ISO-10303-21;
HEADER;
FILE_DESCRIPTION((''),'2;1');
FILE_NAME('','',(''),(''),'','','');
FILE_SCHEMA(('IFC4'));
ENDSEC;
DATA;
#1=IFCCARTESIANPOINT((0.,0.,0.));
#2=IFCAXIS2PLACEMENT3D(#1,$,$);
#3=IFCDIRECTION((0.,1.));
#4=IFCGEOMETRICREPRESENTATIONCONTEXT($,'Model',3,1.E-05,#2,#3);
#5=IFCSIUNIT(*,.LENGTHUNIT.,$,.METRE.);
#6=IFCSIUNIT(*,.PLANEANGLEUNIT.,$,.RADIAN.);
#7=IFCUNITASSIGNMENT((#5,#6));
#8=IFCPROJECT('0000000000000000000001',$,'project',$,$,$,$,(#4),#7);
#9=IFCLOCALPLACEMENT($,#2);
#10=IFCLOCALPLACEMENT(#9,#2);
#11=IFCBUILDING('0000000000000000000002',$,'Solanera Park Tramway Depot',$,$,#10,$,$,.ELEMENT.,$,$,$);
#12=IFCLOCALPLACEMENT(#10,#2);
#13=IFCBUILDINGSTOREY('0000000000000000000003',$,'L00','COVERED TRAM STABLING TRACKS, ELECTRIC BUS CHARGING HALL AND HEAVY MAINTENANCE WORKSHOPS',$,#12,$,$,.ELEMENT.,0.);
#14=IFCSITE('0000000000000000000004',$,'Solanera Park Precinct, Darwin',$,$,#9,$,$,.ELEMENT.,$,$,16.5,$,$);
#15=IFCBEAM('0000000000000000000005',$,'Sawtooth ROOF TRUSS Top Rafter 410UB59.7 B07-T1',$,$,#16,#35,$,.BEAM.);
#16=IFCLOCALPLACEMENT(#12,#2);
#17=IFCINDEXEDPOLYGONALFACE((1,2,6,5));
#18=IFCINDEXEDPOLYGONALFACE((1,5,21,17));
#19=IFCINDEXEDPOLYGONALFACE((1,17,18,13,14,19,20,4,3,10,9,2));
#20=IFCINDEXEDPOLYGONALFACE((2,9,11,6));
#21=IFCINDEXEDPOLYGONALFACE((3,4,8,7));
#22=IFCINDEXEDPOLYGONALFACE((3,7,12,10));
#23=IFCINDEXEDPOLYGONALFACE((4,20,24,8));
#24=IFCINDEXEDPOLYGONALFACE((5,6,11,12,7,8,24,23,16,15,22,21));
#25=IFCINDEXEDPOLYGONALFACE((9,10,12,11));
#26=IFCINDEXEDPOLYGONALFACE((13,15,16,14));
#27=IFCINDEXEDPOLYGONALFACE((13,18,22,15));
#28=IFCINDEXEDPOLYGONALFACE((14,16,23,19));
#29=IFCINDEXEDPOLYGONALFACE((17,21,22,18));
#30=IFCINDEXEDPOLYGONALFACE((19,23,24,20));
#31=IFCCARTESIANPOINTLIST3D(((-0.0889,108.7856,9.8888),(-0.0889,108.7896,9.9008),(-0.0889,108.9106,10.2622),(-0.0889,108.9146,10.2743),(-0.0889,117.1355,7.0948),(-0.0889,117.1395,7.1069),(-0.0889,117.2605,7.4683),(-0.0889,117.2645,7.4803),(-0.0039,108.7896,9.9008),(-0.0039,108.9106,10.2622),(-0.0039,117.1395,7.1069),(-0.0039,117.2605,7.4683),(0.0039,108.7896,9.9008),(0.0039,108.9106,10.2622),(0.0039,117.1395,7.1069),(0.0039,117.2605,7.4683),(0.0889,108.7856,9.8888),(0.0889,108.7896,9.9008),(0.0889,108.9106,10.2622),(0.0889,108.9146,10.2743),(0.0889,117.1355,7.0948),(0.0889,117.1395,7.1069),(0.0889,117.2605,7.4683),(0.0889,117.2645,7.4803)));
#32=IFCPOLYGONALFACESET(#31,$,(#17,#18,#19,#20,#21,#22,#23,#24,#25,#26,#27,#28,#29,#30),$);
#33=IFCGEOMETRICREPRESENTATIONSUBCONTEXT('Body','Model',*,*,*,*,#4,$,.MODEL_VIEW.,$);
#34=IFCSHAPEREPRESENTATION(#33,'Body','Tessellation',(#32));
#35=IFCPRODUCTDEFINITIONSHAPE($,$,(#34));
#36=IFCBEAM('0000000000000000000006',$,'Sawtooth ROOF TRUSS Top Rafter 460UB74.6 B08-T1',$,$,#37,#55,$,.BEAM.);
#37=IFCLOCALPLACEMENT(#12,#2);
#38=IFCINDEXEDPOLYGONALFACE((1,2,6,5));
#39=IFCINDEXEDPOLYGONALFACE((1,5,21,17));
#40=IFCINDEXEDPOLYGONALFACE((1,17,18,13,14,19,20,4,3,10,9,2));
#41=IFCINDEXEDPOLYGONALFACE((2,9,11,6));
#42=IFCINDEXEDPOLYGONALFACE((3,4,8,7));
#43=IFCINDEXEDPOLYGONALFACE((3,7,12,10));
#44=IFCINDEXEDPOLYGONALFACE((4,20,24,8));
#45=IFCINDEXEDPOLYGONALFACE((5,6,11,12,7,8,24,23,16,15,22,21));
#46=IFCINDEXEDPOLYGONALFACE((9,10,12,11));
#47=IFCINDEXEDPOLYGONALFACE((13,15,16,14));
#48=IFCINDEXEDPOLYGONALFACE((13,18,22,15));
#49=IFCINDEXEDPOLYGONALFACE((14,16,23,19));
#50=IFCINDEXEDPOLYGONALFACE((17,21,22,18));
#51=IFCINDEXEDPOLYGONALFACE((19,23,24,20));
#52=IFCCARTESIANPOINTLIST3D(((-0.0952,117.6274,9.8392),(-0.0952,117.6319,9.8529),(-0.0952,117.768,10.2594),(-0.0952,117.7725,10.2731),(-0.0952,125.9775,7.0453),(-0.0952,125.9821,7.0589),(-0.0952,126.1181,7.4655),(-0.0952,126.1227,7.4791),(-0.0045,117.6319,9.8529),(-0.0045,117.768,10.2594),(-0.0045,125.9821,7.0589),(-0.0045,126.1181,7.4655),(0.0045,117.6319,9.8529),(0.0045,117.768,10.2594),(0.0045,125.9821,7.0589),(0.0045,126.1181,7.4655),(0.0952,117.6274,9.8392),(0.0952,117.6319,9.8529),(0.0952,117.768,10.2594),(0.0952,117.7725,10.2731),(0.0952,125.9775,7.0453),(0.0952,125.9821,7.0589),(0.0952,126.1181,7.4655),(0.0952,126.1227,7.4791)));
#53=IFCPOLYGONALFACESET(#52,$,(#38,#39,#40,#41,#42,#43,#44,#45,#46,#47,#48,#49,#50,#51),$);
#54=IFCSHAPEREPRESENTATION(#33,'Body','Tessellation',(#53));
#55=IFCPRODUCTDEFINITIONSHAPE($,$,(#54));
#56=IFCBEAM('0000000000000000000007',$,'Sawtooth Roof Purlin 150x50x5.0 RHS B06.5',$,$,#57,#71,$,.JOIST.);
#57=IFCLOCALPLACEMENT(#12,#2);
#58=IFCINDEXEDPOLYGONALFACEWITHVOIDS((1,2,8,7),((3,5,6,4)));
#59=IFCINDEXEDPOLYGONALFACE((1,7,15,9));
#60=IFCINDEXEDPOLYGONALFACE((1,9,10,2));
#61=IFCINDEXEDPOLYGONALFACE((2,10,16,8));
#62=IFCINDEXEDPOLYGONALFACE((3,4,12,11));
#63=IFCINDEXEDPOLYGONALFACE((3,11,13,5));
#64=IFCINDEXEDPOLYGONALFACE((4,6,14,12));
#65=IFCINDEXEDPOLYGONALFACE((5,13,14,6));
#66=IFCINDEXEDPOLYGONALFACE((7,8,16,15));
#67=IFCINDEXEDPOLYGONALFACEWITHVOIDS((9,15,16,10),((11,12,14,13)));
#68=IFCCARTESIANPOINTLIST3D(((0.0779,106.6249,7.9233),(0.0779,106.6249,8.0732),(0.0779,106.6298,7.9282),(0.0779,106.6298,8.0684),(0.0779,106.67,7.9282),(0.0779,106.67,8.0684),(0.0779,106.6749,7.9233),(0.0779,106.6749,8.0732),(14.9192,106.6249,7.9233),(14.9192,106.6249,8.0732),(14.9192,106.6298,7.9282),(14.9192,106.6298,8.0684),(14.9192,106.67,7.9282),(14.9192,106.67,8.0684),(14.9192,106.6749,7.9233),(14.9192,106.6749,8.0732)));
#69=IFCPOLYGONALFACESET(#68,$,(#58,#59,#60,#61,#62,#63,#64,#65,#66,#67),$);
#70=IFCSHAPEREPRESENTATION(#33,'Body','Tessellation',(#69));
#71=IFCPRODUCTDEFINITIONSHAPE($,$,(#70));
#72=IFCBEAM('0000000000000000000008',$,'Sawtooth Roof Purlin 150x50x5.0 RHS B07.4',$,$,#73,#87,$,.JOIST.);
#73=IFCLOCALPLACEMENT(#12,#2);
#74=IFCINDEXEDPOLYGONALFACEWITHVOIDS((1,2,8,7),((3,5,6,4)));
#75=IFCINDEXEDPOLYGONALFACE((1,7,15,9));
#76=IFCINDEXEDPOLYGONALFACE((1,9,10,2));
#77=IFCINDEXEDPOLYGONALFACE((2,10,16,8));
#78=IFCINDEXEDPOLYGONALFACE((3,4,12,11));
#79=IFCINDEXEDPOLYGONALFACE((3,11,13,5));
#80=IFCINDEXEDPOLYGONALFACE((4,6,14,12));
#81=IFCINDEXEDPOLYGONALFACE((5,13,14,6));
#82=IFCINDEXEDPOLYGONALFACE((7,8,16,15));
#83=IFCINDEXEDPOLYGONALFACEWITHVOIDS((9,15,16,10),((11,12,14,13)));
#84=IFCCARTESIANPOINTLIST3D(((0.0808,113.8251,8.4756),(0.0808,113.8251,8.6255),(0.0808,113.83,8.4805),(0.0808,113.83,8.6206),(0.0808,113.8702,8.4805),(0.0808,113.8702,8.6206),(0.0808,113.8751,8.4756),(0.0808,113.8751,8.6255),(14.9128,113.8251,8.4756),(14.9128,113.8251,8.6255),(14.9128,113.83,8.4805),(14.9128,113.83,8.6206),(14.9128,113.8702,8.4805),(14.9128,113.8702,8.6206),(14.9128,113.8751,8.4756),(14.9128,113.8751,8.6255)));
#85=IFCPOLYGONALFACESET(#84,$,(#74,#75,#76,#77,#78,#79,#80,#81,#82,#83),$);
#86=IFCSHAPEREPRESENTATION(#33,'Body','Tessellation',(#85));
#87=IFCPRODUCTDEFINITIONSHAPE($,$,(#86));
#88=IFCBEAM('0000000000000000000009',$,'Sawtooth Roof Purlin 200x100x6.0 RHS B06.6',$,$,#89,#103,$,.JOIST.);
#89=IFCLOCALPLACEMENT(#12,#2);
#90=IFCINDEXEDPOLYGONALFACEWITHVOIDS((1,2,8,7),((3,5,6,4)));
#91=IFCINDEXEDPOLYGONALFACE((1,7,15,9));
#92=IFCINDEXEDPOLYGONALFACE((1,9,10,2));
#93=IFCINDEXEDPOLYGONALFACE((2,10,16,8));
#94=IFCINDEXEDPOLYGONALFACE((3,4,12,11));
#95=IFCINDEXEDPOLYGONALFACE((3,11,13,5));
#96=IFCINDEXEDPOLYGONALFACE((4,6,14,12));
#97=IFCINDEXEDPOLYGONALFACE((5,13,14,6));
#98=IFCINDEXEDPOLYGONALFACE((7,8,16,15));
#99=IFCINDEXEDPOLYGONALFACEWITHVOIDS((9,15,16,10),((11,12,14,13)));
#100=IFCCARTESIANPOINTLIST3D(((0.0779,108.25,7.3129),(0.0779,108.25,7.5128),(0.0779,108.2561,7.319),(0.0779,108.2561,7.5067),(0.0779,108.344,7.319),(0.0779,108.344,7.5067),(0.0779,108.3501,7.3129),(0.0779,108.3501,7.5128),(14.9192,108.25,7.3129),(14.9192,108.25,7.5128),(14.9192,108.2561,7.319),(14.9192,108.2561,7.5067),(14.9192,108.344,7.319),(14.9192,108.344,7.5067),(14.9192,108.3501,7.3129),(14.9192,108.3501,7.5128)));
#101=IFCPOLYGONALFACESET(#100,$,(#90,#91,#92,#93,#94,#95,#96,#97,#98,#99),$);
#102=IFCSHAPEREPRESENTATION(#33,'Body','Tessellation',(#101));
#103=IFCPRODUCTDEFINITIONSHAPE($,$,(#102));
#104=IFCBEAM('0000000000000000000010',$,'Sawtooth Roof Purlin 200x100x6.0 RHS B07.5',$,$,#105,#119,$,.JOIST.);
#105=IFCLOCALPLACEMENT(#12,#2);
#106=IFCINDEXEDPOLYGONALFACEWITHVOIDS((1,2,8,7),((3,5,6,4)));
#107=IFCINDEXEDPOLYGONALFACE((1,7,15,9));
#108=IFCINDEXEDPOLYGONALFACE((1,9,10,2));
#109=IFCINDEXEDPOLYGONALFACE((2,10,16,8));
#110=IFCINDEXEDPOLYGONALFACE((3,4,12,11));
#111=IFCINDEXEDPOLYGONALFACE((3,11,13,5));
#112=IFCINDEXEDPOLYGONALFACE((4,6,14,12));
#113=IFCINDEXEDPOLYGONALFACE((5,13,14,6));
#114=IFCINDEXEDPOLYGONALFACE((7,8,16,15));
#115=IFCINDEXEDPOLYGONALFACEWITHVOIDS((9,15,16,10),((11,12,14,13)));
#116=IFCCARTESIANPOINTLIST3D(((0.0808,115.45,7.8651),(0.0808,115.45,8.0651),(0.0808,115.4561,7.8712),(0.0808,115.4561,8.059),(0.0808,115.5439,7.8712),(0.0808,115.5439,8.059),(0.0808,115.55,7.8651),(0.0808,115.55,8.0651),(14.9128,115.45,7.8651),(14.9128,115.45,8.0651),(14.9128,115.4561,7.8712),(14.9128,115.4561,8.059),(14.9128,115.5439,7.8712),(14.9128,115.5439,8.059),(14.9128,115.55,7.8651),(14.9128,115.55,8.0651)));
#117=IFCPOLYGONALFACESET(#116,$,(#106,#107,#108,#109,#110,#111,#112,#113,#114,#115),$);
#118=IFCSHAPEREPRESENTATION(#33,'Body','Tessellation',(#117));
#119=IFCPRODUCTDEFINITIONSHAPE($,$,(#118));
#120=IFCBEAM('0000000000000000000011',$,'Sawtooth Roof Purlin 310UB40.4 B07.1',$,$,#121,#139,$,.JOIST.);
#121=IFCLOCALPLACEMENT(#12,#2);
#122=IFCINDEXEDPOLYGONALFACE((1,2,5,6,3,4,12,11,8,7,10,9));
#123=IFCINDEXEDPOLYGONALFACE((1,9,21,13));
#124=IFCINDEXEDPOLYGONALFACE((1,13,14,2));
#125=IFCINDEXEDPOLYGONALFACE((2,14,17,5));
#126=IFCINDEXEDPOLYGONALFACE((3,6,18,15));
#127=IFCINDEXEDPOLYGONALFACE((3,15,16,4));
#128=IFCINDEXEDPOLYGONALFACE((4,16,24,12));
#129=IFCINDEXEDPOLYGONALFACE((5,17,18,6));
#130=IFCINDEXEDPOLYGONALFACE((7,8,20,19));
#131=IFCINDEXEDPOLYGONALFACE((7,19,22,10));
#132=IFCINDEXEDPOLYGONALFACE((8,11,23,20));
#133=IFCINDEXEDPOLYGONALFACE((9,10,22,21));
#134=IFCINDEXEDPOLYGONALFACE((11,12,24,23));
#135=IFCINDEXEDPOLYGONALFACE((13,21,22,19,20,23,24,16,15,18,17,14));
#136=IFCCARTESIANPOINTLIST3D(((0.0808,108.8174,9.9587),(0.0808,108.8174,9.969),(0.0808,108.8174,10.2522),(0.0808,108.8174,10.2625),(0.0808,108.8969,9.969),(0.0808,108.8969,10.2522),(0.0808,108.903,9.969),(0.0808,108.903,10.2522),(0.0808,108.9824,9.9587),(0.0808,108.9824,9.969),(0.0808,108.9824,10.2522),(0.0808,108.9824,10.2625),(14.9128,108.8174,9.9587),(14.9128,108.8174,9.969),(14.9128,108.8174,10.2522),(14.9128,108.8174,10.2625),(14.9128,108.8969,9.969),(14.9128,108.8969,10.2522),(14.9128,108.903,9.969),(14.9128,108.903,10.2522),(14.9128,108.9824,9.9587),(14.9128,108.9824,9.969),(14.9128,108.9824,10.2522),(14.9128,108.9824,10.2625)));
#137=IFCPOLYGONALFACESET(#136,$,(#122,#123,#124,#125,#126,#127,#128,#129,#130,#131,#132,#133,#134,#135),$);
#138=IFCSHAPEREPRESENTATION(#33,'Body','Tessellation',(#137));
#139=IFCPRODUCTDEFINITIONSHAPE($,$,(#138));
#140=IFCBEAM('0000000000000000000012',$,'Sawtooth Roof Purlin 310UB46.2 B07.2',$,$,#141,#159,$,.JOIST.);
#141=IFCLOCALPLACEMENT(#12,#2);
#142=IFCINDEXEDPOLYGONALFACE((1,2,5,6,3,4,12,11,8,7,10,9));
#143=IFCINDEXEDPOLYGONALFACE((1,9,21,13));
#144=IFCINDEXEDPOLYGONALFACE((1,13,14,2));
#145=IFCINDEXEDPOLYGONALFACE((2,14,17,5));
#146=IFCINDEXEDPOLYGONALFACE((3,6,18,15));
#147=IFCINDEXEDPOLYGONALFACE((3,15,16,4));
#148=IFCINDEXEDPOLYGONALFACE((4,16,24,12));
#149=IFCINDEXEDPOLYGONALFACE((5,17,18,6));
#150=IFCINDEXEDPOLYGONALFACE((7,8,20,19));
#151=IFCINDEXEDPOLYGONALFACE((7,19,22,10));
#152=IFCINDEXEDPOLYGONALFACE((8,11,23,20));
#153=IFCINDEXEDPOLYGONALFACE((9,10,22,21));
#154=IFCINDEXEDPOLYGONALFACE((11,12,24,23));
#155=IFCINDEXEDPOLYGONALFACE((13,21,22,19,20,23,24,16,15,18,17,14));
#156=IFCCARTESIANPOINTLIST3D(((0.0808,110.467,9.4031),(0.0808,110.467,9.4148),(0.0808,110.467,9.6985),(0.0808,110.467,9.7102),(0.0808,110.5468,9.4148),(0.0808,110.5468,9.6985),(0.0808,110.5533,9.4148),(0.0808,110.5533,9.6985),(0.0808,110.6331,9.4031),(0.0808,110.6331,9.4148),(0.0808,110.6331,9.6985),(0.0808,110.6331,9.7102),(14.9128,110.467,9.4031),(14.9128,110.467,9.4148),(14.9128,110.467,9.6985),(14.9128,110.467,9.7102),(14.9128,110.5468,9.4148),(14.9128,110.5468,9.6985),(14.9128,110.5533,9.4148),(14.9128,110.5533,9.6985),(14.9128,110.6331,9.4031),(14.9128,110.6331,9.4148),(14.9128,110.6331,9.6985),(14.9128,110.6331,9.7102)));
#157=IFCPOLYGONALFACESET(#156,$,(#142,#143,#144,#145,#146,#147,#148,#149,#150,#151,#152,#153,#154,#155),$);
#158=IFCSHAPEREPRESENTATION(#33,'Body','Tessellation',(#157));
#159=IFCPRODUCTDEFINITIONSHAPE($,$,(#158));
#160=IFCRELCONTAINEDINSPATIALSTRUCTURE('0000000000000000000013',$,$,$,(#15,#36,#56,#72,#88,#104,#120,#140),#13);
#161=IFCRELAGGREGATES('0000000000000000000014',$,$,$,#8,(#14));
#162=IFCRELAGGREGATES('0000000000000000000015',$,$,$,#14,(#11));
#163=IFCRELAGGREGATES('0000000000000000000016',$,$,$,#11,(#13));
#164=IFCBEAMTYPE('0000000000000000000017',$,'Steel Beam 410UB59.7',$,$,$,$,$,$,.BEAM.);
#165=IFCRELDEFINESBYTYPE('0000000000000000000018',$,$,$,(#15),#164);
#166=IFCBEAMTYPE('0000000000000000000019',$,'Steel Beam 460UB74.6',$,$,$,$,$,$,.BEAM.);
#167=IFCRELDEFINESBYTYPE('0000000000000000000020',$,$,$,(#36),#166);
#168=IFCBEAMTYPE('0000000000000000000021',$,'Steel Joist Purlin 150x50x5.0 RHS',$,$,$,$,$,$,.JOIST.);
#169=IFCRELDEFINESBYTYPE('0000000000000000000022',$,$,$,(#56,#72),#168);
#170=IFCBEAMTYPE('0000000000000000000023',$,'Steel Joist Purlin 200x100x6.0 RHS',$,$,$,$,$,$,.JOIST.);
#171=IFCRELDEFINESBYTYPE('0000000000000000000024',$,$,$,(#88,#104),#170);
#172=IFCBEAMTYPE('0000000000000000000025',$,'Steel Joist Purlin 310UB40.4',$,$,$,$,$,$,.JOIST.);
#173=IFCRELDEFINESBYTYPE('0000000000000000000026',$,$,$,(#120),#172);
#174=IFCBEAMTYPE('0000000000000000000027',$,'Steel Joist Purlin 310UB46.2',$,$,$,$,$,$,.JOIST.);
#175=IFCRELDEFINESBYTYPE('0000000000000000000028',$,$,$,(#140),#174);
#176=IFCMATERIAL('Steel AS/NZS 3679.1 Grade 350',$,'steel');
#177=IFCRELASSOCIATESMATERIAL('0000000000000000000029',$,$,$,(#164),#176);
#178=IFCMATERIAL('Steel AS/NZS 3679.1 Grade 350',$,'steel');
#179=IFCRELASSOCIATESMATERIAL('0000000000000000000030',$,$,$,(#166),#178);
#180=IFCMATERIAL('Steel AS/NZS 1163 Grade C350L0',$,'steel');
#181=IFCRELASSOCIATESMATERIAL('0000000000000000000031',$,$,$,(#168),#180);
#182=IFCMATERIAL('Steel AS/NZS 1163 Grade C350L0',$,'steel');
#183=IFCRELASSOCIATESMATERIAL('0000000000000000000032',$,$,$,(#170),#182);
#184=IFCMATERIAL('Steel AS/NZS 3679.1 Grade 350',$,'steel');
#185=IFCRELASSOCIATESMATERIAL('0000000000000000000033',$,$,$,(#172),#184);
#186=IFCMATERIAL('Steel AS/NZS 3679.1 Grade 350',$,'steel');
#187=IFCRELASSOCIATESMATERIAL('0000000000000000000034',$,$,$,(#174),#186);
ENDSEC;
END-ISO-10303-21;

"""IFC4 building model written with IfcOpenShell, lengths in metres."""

from ifc_helpers import new_model, si_unit, direction, frame, origin, origin_2d, place, context, subcontext, project, spatial, hollow_rectangle, i_section, extrude, material, material_profile, profile_set, type_object, element, save


model = new_model("IFC4")

# Units and contexts
model_context = context("Model", 3, precision=1e-05, world=origin(), true_north=direction((0.0, 1.0)))
body_context = subcontext(model_context, "Body", "Model", "MODEL_VIEW")
ifc_project = project(units=[si_unit("LENGTHUNIT", "METRE"), si_unit("PLANEANGLEUNIT", "RADIAN")], contexts=[model_context])

# Site, building, storey
site_placement = place(None, origin())
site = spatial("IfcSite", under=ifc_project, at=site_placement, Name="Solanera Park Precinct, Darwin", CompositionType="ELEMENT", RefElevation=16.5)
building_placement = place(site_placement, origin())
building = spatial("IfcBuilding", under=site, at=building_placement, Name="Solanera Park Tramway Depot", CompositionType="ELEMENT")
storey_placement = place(building_placement, origin())
storey = spatial("IfcBuildingStorey", under=building, at=storey_placement, Name="L00", Description="COVERED TRAM STABLING TRACKS, ELECTRIC BUS CHARGING HALL AND HEAVY MAINTENANCE WORKSHOPS", CompositionType="ELEMENT", Elevation=0.0)

# Beams
ifc_material_1 = material(Name="Steel AS/NZS 3679.1 Grade 350", Category="steel")
ifc_material_profile_1 = material_profile(ifc_material_1, i_section(OverallWidth=0.1777, OverallDepth=0.4065, WebThickness=0.0078, FlangeThickness=0.0127, at=origin_2d()), Name="410UB59.7")
ifc_profile_set_1 = profile_set([ifc_material_profile_1], Name="Steel AS/NZS 3679.1 Grade 350")
beam_type_1 = type_object("IfcBeamType", Name="Steel Beam 410UB59.7", PredefinedType="BEAM", material=ifc_profile_set_1)
beam_1_placement = place(storey_placement, frame((0.0, 108.8501, 10.0815), z_axis=(0.0, 0.948319, -0.317317), x_axis=(-1.0, 0.0, 0.0)))
element("IfcBeam", 1, at=beam_1_placement, inside=storey, type_object=beam_type_1, Name="Sawtooth ROOF TRUSS Top Rafter 410UB59.7 B07-T1", PredefinedType="BEAM", context=body_context, shape_type="SweptSolid", body=[
    extrude(i_section(OverallWidth=0.1777, OverallDepth=0.4065, WebThickness=0.0078, FlangeThickness=0.0127, at=origin_2d()), origin(), (0.0, 0.0, 1.0), 8.8049),
])
ifc_material_2 = material(Name="Steel AS/NZS 3679.1 Grade 350", Category="steel")
ifc_material_profile_2 = material_profile(ifc_material_2, i_section(OverallWidth=0.1904, OverallDepth=0.4575, WebThickness=0.009, FlangeThickness=0.0144, at=origin_2d()), Name="460UB74.6")
ifc_profile_set_2 = profile_set([ifc_material_profile_2], Name="Steel AS/NZS 3679.1 Grade 350")
beam_type_2 = type_object("IfcBeamType", Name="Steel Beam 460UB74.6", PredefinedType="BEAM", material=ifc_profile_set_2)
beam_2_placement = place(storey_placement, frame((0.0, 117.7, 10.0562), z_axis=(0.0, 0.948322, -0.317309), x_axis=(-1.0, 0.0, 0.0)))
element("IfcBeam", 2, at=beam_2_placement, inside=storey, type_object=beam_type_2, Name="Sawtooth ROOF TRUSS Top Rafter 460UB74.6 B08-T1", PredefinedType="BEAM", context=body_context, shape_type="SweptSolid", body=[
    extrude(i_section(OverallWidth=0.1904, OverallDepth=0.4575, WebThickness=0.009, FlangeThickness=0.0144, at=origin_2d()), origin(), (0.0, 0.0, 1.0), 8.8052),
])
ifc_material_3 = material(Name="Steel AS/NZS 1163 Grade C350L0", Category="steel")
ifc_material_profile_3 = material_profile(ifc_material_3, hollow_rectangle(XDim=0.05, YDim=0.1499, WallThickness=0.0049, at=origin_2d()), Name="150x50x5.0 RHS")
ifc_profile_set_3 = profile_set([ifc_material_profile_3], Name="Steel AS/NZS 1163 Grade C350L0")
beam_type_3 = type_object("IfcBeamType", Name="Steel Joist Purlin 150x50x5.0 RHS", PredefinedType="JOIST", material=ifc_profile_set_3)
beam_3_placement = place(storey_placement, frame((0.0779, 106.6499, 7.9983), z_axis=(1.0, 0.0, 0.0), x_axis=(0.0, 1.0, 0.0)))
element("IfcBeam", 3, at=beam_3_placement, inside=storey, type_object=beam_type_3, Name="Sawtooth Roof Purlin 150x50x5.0 RHS B06.5", PredefinedType="JOIST", context=body_context, shape_type="SweptSolid", body=[
    extrude(hollow_rectangle(XDim=0.05, YDim=0.1499, WallThickness=0.0049, at=origin_2d()), origin(), (0.0, 0.0, 1.0), 14.8413),
])
beam_4_placement = place(storey_placement, frame((0.0808, 113.8501, 8.5505), z_axis=(1.0, 0.0, 0.0), x_axis=(0.0, 1.0, 0.0)))
element("IfcBeam", 4, at=beam_4_placement, inside=storey, type_object=beam_type_3, Name="Sawtooth Roof Purlin 150x50x5.0 RHS B07.4", PredefinedType="JOIST", context=body_context, shape_type="SweptSolid", body=[
    extrude(hollow_rectangle(XDim=0.05, YDim=0.1499, WallThickness=0.0049, at=origin_2d()), origin(), (0.0, 0.0, 1.0), 14.832),
])
ifc_material_4 = material(Name="Steel AS/NZS 1163 Grade C350L0", Category="steel")
ifc_material_profile_4 = material_profile(ifc_material_4, hollow_rectangle(XDim=0.1001, YDim=0.2, WallThickness=0.0061, at=origin_2d()), Name="200x100x6.0 RHS")
ifc_profile_set_4 = profile_set([ifc_material_profile_4], Name="Steel AS/NZS 1163 Grade C350L0")
beam_type_4 = type_object("IfcBeamType", Name="Steel Joist Purlin 200x100x6.0 RHS", PredefinedType="JOIST", material=ifc_profile_set_4)
beam_5_placement = place(storey_placement, frame((0.0779, 108.3, 7.4128), z_axis=(1.0, 0.0, 0.0), x_axis=(0.0, 1.0, 0.0)))
element("IfcBeam", 5, at=beam_5_placement, inside=storey, type_object=beam_type_4, Name="Sawtooth Roof Purlin 200x100x6.0 RHS B06.6", PredefinedType="JOIST", context=body_context, shape_type="SweptSolid", body=[
    extrude(hollow_rectangle(XDim=0.1001, YDim=0.2, WallThickness=0.0061, at=origin_2d()), origin(), (0.0, 0.0, 1.0), 14.8413),
])
beam_6_placement = place(storey_placement, frame((0.0808, 115.5, 7.9651), z_axis=(1.0, 0.0, 0.0), x_axis=(0.0, 1.0, 0.0)))
element("IfcBeam", 6, at=beam_6_placement, inside=storey, type_object=beam_type_4, Name="Sawtooth Roof Purlin 200x100x6.0 RHS B07.5", PredefinedType="JOIST", context=body_context, shape_type="SweptSolid", body=[
    extrude(hollow_rectangle(XDim=0.1001, YDim=0.2, WallThickness=0.0061, at=origin_2d()), origin(), (0.0, 0.0, 1.0), 14.832),
])
ifc_material_5 = material(Name="Steel AS/NZS 3679.1 Grade 350", Category="steel")
ifc_material_profile_5 = material_profile(ifc_material_5, i_section(OverallWidth=0.165, OverallDepth=0.3037, WebThickness=0.0061, FlangeThickness=0.0103, at=origin_2d()), Name="310UB40.4")
ifc_profile_set_5 = profile_set([ifc_material_profile_5], Name="Steel AS/NZS 3679.1 Grade 350")
beam_type_5 = type_object("IfcBeamType", Name="Steel Joist Purlin 310UB40.4", PredefinedType="JOIST", material=ifc_profile_set_5)
beam_7_placement = place(storey_placement, frame((0.0808, 108.8999, 10.1106), z_axis=(1.0, 0.0, 0.0), x_axis=(0.0, 1.0, 0.0)))
element("IfcBeam", 7, at=beam_7_placement, inside=storey, type_object=beam_type_5, Name="Sawtooth Roof Purlin 310UB40.4 B07.1", PredefinedType="JOIST", context=body_context, shape_type="SweptSolid", body=[
    extrude(i_section(OverallWidth=0.165, OverallDepth=0.3037, WebThickness=0.0061, FlangeThickness=0.0103, at=origin_2d()), origin(), (0.0, 0.0, 1.0), 14.832),
])
ifc_material_6 = material(Name="Steel AS/NZS 3679.1 Grade 350", Category="steel")
ifc_material_profile_6 = material_profile(ifc_material_6, i_section(OverallWidth=0.166, OverallDepth=0.3071, WebThickness=0.0066, FlangeThickness=0.0117, at=origin_2d()), Name="310UB46.2")
ifc_profile_set_6 = profile_set([ifc_material_profile_6], Name="Steel AS/NZS 3679.1 Grade 350")
beam_type_6 = type_object("IfcBeamType", Name="Steel Joist Purlin 310UB46.2", PredefinedType="JOIST", material=ifc_profile_set_6)
beam_8_placement = place(storey_placement, frame((0.0808, 110.55, 9.5566), z_axis=(1.0, 0.0, 0.0), x_axis=(0.0, 1.0, 0.0)))
element("IfcBeam", 8, at=beam_8_placement, inside=storey, type_object=beam_type_6, Name="Sawtooth Roof Purlin 310UB46.2 B07.2", PredefinedType="JOIST", context=body_context, shape_type="SweptSolid", body=[
    extrude(i_section(OverallWidth=0.166, OverallDepth=0.3071, WebThickness=0.0066, FlangeThickness=0.0117, at=origin_2d()), origin(), (0.0, 0.0, 1.0), 14.832),
])

save(model, "model.ifc")
